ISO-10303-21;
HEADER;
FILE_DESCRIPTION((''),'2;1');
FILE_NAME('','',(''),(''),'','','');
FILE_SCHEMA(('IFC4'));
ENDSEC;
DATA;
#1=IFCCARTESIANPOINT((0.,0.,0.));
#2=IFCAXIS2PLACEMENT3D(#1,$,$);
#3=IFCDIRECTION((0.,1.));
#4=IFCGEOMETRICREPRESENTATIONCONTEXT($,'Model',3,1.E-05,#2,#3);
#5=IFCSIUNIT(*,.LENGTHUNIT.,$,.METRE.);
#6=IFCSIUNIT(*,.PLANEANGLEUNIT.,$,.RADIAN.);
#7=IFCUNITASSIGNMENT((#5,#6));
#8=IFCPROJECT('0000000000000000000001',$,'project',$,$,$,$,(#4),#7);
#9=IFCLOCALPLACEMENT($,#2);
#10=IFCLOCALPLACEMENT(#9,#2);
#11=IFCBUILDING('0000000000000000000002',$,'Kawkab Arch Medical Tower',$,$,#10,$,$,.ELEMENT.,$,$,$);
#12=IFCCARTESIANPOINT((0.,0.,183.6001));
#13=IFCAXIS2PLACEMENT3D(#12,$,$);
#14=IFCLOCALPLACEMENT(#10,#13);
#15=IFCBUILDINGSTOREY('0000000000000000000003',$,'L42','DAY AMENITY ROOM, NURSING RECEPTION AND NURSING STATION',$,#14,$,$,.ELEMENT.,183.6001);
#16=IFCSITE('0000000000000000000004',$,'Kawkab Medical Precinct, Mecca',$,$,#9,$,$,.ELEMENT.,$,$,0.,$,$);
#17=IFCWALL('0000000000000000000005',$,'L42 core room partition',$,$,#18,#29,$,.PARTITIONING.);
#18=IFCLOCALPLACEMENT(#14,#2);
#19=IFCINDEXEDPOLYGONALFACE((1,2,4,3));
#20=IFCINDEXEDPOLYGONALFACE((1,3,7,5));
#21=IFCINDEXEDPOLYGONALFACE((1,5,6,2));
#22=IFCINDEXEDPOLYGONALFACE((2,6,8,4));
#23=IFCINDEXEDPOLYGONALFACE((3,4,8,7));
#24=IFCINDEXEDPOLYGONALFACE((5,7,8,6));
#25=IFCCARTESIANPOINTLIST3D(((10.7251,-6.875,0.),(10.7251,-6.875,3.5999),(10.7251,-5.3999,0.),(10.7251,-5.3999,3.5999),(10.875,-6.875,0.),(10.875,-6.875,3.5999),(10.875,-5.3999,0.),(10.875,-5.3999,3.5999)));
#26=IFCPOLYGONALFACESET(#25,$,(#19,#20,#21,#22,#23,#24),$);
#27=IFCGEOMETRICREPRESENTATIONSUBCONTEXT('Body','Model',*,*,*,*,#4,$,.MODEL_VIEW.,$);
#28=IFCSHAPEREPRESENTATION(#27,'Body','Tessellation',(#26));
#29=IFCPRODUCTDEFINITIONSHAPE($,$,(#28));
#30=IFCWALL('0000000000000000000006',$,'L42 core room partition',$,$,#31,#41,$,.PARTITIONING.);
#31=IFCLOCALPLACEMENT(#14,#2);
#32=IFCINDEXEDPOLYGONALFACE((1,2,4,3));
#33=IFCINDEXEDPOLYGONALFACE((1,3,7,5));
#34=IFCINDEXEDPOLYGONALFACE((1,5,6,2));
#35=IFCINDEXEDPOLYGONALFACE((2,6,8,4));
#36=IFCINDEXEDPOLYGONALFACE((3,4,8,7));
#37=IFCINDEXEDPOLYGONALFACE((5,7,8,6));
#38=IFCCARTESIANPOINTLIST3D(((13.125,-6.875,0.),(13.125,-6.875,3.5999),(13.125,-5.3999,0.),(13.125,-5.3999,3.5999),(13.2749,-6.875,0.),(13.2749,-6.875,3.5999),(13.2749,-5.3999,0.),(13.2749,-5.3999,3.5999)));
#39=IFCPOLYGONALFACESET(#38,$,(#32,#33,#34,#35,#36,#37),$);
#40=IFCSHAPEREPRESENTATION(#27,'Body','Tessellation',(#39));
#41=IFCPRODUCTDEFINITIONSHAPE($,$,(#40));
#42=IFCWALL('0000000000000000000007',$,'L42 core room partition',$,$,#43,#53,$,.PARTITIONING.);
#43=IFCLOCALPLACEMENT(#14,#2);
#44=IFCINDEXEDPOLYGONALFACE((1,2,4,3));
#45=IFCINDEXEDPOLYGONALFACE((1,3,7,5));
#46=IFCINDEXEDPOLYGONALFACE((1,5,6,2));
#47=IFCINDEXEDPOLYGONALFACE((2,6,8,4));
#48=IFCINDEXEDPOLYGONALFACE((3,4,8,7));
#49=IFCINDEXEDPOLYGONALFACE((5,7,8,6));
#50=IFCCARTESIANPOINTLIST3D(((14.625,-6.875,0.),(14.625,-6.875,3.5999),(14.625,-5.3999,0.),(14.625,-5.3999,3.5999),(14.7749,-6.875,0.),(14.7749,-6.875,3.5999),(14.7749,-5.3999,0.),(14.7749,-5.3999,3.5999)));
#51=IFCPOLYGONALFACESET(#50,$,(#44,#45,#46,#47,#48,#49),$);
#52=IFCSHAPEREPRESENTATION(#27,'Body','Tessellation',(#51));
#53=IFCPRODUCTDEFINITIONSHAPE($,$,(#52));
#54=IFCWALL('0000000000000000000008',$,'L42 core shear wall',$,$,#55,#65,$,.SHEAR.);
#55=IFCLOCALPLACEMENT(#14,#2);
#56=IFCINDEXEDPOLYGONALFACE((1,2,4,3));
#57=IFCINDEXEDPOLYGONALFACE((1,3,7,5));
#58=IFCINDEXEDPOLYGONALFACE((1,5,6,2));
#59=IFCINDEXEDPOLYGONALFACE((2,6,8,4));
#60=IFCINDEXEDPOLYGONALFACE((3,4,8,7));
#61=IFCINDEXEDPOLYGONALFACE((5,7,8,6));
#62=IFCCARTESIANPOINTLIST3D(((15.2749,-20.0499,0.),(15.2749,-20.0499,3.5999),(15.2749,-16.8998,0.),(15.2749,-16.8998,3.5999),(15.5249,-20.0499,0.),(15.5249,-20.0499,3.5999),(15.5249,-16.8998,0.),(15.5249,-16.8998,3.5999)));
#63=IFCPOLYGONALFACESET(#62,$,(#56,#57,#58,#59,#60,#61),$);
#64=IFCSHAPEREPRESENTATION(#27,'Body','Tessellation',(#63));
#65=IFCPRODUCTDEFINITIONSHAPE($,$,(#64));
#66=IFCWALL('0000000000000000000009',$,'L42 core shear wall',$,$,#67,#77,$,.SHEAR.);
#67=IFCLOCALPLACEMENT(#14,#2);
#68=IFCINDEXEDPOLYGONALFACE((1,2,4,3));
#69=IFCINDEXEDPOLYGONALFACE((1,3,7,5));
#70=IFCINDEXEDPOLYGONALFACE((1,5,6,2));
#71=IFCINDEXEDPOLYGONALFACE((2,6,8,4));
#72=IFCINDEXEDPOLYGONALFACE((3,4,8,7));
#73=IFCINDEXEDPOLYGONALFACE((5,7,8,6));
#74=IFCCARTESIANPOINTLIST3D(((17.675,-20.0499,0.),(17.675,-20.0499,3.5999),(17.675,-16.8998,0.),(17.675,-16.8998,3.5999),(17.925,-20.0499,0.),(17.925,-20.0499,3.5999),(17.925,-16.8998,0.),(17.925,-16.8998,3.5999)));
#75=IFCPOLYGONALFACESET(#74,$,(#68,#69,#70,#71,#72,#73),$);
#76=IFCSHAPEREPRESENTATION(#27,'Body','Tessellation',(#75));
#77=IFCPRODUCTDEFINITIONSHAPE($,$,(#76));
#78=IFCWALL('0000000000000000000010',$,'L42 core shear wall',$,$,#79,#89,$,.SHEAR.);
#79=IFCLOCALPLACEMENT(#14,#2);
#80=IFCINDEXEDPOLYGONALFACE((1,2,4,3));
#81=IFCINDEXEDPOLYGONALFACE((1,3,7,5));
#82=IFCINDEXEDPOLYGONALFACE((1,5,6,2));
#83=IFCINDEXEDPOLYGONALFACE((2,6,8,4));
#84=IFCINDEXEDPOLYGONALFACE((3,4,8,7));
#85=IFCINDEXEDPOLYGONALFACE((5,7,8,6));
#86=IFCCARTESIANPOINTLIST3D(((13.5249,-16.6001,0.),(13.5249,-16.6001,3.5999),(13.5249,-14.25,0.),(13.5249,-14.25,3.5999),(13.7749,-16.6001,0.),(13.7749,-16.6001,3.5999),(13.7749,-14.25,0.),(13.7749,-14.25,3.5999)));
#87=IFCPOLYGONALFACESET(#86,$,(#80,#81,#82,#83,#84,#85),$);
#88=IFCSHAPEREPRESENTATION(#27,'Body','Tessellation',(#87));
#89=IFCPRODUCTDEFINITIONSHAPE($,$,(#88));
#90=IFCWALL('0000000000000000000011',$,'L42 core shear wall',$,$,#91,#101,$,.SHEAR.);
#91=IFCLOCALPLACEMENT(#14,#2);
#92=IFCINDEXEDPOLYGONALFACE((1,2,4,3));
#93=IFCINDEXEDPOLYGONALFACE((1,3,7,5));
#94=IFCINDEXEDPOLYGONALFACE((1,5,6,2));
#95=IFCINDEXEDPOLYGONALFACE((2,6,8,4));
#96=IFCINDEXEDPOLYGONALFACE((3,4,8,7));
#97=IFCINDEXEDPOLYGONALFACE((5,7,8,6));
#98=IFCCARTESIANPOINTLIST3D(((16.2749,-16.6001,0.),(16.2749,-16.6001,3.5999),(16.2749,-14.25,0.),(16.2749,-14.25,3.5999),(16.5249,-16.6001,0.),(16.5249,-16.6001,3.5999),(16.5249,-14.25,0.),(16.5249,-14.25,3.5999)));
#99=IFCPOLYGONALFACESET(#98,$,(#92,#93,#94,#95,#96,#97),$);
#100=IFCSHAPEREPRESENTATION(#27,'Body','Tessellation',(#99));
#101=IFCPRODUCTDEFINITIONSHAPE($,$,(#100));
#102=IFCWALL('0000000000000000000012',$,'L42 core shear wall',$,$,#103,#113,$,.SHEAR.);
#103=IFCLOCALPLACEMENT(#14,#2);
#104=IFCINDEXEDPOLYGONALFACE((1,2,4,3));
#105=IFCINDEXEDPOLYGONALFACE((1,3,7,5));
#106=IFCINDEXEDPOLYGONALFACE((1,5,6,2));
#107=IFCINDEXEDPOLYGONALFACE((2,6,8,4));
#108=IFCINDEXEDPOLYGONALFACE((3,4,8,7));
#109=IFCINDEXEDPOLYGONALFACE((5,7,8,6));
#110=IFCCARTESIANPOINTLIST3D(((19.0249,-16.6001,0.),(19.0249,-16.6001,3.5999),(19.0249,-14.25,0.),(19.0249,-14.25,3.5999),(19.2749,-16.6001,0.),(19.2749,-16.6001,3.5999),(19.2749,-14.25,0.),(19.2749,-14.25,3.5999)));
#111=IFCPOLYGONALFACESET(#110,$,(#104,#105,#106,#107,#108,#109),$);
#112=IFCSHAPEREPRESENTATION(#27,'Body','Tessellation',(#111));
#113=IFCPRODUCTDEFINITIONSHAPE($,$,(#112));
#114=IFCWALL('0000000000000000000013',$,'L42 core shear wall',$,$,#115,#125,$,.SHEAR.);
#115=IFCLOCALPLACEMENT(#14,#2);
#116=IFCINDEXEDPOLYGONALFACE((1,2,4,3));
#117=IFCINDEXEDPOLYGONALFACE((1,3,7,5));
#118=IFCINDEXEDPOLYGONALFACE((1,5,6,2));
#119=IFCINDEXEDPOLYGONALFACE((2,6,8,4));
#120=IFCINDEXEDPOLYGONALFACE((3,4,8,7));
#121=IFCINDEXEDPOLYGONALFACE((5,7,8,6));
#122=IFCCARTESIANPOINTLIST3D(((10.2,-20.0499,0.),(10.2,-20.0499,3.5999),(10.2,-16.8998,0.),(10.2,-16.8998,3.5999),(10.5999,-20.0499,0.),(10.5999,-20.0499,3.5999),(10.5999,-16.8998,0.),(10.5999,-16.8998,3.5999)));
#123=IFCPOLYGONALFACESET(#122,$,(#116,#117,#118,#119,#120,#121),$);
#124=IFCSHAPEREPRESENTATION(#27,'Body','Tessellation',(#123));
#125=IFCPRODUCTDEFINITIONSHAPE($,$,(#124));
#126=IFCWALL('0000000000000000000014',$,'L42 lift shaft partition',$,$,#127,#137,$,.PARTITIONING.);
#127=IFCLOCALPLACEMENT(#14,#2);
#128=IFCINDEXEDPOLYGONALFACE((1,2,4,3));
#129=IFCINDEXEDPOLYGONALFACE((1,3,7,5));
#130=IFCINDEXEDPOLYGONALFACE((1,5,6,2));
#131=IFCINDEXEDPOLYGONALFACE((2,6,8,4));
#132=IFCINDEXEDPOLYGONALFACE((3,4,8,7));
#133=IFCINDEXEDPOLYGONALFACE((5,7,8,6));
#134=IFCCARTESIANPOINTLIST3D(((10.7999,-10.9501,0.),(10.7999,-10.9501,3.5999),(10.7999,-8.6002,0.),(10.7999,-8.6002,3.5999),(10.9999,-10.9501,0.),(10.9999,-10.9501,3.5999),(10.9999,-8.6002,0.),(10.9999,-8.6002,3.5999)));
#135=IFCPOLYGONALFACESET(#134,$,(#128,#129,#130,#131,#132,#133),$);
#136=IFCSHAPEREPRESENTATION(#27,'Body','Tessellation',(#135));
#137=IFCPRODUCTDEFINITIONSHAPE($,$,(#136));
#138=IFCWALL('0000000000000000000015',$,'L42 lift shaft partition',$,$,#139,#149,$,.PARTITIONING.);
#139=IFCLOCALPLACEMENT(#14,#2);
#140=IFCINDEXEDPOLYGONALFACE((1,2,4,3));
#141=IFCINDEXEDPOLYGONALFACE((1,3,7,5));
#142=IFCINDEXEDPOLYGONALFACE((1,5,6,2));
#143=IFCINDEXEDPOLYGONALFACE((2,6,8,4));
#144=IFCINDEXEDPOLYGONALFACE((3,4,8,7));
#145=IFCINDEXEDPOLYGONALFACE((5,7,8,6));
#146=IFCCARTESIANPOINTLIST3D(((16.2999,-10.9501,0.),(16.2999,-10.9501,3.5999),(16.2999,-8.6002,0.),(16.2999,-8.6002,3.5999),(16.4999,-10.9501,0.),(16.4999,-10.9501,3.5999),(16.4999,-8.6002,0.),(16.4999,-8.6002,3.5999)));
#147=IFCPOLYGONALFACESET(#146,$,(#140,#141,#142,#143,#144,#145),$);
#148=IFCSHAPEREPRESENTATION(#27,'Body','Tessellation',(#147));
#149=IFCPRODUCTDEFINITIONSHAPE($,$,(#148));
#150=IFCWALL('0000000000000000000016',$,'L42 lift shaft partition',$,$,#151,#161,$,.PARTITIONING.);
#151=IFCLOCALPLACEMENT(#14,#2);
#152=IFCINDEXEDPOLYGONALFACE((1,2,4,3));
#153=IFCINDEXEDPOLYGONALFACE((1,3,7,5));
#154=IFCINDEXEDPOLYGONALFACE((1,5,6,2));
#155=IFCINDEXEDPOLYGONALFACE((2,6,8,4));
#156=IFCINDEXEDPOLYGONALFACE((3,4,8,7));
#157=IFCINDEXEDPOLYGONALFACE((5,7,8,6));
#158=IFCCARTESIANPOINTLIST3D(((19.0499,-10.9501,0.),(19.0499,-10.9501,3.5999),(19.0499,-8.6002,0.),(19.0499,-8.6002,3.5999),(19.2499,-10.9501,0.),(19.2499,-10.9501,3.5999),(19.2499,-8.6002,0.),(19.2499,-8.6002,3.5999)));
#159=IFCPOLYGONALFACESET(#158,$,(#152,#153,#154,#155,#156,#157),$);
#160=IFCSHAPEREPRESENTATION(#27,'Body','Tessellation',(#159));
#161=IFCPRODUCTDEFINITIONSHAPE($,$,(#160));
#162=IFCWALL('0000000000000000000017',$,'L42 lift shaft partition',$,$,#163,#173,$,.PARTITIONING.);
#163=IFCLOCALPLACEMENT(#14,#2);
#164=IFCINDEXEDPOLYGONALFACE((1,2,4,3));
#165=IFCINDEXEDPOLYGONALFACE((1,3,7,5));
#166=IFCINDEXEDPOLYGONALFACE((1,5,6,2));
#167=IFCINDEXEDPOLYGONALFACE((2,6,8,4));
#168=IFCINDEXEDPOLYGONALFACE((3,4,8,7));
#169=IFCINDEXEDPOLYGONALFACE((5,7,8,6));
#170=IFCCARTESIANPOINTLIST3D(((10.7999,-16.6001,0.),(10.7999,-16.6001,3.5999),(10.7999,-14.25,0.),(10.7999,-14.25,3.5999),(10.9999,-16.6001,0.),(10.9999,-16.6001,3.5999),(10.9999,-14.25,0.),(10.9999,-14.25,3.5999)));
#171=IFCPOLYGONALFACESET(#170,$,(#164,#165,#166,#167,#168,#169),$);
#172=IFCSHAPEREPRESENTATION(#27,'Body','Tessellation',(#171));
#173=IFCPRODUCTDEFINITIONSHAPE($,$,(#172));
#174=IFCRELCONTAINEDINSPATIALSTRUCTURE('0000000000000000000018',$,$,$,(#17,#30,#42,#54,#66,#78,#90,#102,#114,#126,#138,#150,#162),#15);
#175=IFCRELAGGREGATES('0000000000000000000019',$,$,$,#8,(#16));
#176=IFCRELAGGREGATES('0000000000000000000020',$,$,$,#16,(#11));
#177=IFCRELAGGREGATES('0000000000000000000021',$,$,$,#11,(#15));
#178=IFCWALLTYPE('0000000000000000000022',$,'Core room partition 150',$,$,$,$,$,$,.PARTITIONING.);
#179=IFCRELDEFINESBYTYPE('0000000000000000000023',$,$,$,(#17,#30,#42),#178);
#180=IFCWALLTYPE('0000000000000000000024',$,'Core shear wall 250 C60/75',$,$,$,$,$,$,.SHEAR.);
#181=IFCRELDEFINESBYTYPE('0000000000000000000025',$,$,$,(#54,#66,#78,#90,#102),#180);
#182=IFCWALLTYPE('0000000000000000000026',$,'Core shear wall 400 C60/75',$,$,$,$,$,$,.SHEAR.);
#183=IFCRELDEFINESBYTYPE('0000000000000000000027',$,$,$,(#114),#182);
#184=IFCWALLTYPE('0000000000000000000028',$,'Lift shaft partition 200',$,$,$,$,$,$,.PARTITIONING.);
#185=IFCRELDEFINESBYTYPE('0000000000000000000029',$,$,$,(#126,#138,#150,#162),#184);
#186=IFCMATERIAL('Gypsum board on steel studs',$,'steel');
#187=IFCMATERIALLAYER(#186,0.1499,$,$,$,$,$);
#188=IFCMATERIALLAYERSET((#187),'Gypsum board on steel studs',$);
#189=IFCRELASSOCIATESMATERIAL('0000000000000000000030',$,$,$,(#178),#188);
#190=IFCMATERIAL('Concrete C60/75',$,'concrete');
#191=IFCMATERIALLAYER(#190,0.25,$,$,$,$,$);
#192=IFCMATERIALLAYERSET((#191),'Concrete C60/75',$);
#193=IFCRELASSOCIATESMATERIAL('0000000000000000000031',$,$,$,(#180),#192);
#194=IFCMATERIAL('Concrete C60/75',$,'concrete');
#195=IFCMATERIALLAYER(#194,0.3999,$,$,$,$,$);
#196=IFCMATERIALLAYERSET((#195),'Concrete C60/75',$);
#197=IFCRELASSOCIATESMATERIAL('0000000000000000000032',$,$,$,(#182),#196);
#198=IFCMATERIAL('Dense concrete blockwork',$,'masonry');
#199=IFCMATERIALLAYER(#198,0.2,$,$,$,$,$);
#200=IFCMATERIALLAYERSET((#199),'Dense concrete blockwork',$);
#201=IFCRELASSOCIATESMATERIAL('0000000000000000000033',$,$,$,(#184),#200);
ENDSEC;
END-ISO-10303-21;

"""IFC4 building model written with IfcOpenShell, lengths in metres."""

from ifc_helpers import new_model, si_unit, direction, frame, frame_2d, origin, place, context, subcontext, project, spatial, rectangle, extrude, material, layer, layer_set, type_object, element, save


model = new_model("IFC4")

# Units and contexts
model_context = context("Model", 3, precision=1e-05, world=origin(), true_north=direction((0.0, 1.0)))
body_context = subcontext(model_context, "Body", "Model", "MODEL_VIEW")
ifc_project = project(units=[si_unit("LENGTHUNIT", "METRE"), si_unit("PLANEANGLEUNIT", "RADIAN")], contexts=[model_context])

# Site, building, storey
site_placement = place(None, origin())
site = spatial("IfcSite", under=ifc_project, at=site_placement, Name="Kawkab Medical Precinct, Mecca", CompositionType="ELEMENT", RefElevation=0.0)
building_placement = place(site_placement, origin())
building = spatial("IfcBuilding", under=site, at=building_placement, Name="Kawkab Arch Medical Tower", CompositionType="ELEMENT")
storey_placement = place(building_placement, frame((0.0, 0.0, 183.6001)))
storey = spatial("IfcBuildingStorey", under=building, at=storey_placement, Name="L42", Description="DAY AMENITY ROOM, NURSING RECEPTION AND NURSING STATION", CompositionType="ELEMENT", Elevation=183.6001)

# Walls
ifc_material_1 = material(Name="Gypsum board on steel studs", Category="steel")
ifc_layer_1 = layer(ifc_material_1, 0.1499)
ifc_layer_set_1 = layer_set([ifc_layer_1], Name="Gypsum board on steel studs")
wall_type_1 = type_object("IfcWallType", Name="Core room partition 150", PredefinedType="PARTITIONING", material=ifc_layer_set_1)
for number, where, z_axis, x_axis, name in (
    (1, (10.8, -6.875, 0.0), (0.0, 0.0, 1.0), (0.0, 1.0, 0.0), "L42 core room partition"),
    (2, (13.2, -6.875, 0.0), (0.0, 0.0, 1.0), (0.0, 1.0, 0.0), "L42 core room partition"),
    (3, (14.7, -6.875, 0.0), (0.0, 0.0, 1.0), (0.0, 1.0, 0.0), "L42 core room partition"),
):
    element("IfcWall", number, at=place(storey_placement, frame(where, z_axis=z_axis, x_axis=x_axis)), inside=storey, type_object=wall_type_1, Name=name, PredefinedType="PARTITIONING", context=body_context, shape_type="SweptSolid", body=[
        extrude(rectangle(XDim=1.4751, YDim=0.1499, at=frame_2d((0.7375, 0.0))), origin(), (0.0, 0.0, 1.0), 3.5999),
    ])
ifc_material_2 = material(Name="Concrete C60/75", Category="concrete")
ifc_layer_2 = layer(ifc_material_2, 0.25)
ifc_layer_set_2 = layer_set([ifc_layer_2], Name="Concrete C60/75")
wall_type_2 = type_object("IfcWallType", Name="Core shear wall 250 C60/75", PredefinedType="SHEAR", material=ifc_layer_set_2)
for number, where, z_axis, x_axis, name in (
    (4, (15.3999, -20.05, 0.0), (0.0, 0.0, 1.0), (0.0, 1.0, 0.0), "L42 core shear wall"),
    (5, (17.8, -20.05, 0.0), (0.0, 0.0, 1.0), (0.0, 1.0, 0.0), "L42 core shear wall"),
):
    element("IfcWall", number, at=place(storey_placement, frame(where, z_axis=z_axis, x_axis=x_axis)), inside=storey, type_object=wall_type_2, Name=name, PredefinedType="SHEAR", context=body_context, shape_type="SweptSolid", body=[
        extrude(rectangle(XDim=3.1501, YDim=0.25, at=frame_2d((1.5752, 0.0))), origin(), (0.0, 0.0, 1.0), 3.5999),
    ])
for number, where, z_axis, x_axis, name in (
    (6, (13.6499, -16.6001, 0.0), (0.0, 0.0, 1.0), (0.0, 1.0, 0.0), "L42 core shear wall"),
    (7, (16.3999, -16.6001, 0.0), (0.0, 0.0, 1.0), (0.0, 1.0, 0.0), "L42 core shear wall"),
    (8, (19.1499, -16.6001, 0.0), (0.0, 0.0, 1.0), (0.0, 1.0, 0.0), "L42 core shear wall"),
):
    element("IfcWall", number, at=place(storey_placement, frame(where, z_axis=z_axis, x_axis=x_axis)), inside=storey, type_object=wall_type_2, Name=name, PredefinedType="SHEAR", context=body_context, shape_type="SweptSolid", body=[
        extrude(rectangle(XDim=2.3501, YDim=0.25, at=frame_2d((1.175, 0.0))), origin(), (0.0, 0.0, 1.0), 3.5999),
    ])
ifc_material_3 = material(Name="Concrete C60/75", Category="concrete")
ifc_layer_3 = layer(ifc_material_3, 0.3999)
ifc_layer_set_3 = layer_set([ifc_layer_3], Name="Concrete C60/75")
wall_type_3 = type_object("IfcWallType", Name="Core shear wall 400 C60/75", PredefinedType="SHEAR", material=ifc_layer_set_3)
wall_1_placement = place(storey_placement, frame((10.3999, -20.05, 0.0), z_axis=(0.0, 0.0, 1.0), x_axis=(0.0, 1.0, 0.0)))
element("IfcWall", 9, at=wall_1_placement, inside=storey, type_object=wall_type_3, Name="L42 core shear wall", PredefinedType="SHEAR", context=body_context, shape_type="SweptSolid", body=[
    extrude(rectangle(XDim=3.1501, YDim=0.3999, at=frame_2d((1.5752, 0.0))), origin(), (0.0, 0.0, 1.0), 3.5999),
])
ifc_material_4 = material(Name="Dense concrete blockwork", Category="masonry")
ifc_layer_4 = layer(ifc_material_4, 0.2)
ifc_layer_set_4 = layer_set([ifc_layer_4], Name="Dense concrete blockwork")
wall_type_4 = type_object("IfcWallType", Name="Lift shaft partition 200", PredefinedType="PARTITIONING", material=ifc_layer_set_4)
for number, where, z_axis, x_axis, name in (
    (10, (10.8999, -10.95, 0.0), (0.0, 0.0, 1.0), (0.0, 1.0, 0.0), "L42 lift shaft partition"),
    (11, (16.3999, -10.95, 0.0), (0.0, 0.0, 1.0), (0.0, 1.0, 0.0), "L42 lift shaft partition"),
    (12, (19.1499, -10.95, 0.0), (0.0, 0.0, 1.0), (0.0, 1.0, 0.0), "L42 lift shaft partition"),
):
    element("IfcWall", number, at=place(storey_placement, frame(where, z_axis=z_axis, x_axis=x_axis)), inside=storey, type_object=wall_type_4, Name=name, PredefinedType="PARTITIONING", context=body_context, shape_type="SweptSolid", body=[
        extrude(rectangle(XDim=2.3499, YDim=0.2, at=frame_2d((1.1748, 0.0))), origin(), (0.0, 0.0, 1.0), 3.5999),
    ])
wall_2_placement = place(storey_placement, frame((10.8999, -16.6001, 0.0), z_axis=(0.0, 0.0, 1.0), x_axis=(0.0, 1.0, 0.0)))
element("IfcWall", 13, at=wall_2_placement, inside=storey, type_object=wall_type_4, Name="L42 lift shaft partition", PredefinedType="PARTITIONING", context=body_context, shape_type="SweptSolid", body=[
    extrude(rectangle(XDim=2.3501, YDim=0.2, at=frame_2d((1.175, 0.0))), origin(), (0.0, 0.0, 1.0), 3.5999),
])

save(model, "model.ifc")
